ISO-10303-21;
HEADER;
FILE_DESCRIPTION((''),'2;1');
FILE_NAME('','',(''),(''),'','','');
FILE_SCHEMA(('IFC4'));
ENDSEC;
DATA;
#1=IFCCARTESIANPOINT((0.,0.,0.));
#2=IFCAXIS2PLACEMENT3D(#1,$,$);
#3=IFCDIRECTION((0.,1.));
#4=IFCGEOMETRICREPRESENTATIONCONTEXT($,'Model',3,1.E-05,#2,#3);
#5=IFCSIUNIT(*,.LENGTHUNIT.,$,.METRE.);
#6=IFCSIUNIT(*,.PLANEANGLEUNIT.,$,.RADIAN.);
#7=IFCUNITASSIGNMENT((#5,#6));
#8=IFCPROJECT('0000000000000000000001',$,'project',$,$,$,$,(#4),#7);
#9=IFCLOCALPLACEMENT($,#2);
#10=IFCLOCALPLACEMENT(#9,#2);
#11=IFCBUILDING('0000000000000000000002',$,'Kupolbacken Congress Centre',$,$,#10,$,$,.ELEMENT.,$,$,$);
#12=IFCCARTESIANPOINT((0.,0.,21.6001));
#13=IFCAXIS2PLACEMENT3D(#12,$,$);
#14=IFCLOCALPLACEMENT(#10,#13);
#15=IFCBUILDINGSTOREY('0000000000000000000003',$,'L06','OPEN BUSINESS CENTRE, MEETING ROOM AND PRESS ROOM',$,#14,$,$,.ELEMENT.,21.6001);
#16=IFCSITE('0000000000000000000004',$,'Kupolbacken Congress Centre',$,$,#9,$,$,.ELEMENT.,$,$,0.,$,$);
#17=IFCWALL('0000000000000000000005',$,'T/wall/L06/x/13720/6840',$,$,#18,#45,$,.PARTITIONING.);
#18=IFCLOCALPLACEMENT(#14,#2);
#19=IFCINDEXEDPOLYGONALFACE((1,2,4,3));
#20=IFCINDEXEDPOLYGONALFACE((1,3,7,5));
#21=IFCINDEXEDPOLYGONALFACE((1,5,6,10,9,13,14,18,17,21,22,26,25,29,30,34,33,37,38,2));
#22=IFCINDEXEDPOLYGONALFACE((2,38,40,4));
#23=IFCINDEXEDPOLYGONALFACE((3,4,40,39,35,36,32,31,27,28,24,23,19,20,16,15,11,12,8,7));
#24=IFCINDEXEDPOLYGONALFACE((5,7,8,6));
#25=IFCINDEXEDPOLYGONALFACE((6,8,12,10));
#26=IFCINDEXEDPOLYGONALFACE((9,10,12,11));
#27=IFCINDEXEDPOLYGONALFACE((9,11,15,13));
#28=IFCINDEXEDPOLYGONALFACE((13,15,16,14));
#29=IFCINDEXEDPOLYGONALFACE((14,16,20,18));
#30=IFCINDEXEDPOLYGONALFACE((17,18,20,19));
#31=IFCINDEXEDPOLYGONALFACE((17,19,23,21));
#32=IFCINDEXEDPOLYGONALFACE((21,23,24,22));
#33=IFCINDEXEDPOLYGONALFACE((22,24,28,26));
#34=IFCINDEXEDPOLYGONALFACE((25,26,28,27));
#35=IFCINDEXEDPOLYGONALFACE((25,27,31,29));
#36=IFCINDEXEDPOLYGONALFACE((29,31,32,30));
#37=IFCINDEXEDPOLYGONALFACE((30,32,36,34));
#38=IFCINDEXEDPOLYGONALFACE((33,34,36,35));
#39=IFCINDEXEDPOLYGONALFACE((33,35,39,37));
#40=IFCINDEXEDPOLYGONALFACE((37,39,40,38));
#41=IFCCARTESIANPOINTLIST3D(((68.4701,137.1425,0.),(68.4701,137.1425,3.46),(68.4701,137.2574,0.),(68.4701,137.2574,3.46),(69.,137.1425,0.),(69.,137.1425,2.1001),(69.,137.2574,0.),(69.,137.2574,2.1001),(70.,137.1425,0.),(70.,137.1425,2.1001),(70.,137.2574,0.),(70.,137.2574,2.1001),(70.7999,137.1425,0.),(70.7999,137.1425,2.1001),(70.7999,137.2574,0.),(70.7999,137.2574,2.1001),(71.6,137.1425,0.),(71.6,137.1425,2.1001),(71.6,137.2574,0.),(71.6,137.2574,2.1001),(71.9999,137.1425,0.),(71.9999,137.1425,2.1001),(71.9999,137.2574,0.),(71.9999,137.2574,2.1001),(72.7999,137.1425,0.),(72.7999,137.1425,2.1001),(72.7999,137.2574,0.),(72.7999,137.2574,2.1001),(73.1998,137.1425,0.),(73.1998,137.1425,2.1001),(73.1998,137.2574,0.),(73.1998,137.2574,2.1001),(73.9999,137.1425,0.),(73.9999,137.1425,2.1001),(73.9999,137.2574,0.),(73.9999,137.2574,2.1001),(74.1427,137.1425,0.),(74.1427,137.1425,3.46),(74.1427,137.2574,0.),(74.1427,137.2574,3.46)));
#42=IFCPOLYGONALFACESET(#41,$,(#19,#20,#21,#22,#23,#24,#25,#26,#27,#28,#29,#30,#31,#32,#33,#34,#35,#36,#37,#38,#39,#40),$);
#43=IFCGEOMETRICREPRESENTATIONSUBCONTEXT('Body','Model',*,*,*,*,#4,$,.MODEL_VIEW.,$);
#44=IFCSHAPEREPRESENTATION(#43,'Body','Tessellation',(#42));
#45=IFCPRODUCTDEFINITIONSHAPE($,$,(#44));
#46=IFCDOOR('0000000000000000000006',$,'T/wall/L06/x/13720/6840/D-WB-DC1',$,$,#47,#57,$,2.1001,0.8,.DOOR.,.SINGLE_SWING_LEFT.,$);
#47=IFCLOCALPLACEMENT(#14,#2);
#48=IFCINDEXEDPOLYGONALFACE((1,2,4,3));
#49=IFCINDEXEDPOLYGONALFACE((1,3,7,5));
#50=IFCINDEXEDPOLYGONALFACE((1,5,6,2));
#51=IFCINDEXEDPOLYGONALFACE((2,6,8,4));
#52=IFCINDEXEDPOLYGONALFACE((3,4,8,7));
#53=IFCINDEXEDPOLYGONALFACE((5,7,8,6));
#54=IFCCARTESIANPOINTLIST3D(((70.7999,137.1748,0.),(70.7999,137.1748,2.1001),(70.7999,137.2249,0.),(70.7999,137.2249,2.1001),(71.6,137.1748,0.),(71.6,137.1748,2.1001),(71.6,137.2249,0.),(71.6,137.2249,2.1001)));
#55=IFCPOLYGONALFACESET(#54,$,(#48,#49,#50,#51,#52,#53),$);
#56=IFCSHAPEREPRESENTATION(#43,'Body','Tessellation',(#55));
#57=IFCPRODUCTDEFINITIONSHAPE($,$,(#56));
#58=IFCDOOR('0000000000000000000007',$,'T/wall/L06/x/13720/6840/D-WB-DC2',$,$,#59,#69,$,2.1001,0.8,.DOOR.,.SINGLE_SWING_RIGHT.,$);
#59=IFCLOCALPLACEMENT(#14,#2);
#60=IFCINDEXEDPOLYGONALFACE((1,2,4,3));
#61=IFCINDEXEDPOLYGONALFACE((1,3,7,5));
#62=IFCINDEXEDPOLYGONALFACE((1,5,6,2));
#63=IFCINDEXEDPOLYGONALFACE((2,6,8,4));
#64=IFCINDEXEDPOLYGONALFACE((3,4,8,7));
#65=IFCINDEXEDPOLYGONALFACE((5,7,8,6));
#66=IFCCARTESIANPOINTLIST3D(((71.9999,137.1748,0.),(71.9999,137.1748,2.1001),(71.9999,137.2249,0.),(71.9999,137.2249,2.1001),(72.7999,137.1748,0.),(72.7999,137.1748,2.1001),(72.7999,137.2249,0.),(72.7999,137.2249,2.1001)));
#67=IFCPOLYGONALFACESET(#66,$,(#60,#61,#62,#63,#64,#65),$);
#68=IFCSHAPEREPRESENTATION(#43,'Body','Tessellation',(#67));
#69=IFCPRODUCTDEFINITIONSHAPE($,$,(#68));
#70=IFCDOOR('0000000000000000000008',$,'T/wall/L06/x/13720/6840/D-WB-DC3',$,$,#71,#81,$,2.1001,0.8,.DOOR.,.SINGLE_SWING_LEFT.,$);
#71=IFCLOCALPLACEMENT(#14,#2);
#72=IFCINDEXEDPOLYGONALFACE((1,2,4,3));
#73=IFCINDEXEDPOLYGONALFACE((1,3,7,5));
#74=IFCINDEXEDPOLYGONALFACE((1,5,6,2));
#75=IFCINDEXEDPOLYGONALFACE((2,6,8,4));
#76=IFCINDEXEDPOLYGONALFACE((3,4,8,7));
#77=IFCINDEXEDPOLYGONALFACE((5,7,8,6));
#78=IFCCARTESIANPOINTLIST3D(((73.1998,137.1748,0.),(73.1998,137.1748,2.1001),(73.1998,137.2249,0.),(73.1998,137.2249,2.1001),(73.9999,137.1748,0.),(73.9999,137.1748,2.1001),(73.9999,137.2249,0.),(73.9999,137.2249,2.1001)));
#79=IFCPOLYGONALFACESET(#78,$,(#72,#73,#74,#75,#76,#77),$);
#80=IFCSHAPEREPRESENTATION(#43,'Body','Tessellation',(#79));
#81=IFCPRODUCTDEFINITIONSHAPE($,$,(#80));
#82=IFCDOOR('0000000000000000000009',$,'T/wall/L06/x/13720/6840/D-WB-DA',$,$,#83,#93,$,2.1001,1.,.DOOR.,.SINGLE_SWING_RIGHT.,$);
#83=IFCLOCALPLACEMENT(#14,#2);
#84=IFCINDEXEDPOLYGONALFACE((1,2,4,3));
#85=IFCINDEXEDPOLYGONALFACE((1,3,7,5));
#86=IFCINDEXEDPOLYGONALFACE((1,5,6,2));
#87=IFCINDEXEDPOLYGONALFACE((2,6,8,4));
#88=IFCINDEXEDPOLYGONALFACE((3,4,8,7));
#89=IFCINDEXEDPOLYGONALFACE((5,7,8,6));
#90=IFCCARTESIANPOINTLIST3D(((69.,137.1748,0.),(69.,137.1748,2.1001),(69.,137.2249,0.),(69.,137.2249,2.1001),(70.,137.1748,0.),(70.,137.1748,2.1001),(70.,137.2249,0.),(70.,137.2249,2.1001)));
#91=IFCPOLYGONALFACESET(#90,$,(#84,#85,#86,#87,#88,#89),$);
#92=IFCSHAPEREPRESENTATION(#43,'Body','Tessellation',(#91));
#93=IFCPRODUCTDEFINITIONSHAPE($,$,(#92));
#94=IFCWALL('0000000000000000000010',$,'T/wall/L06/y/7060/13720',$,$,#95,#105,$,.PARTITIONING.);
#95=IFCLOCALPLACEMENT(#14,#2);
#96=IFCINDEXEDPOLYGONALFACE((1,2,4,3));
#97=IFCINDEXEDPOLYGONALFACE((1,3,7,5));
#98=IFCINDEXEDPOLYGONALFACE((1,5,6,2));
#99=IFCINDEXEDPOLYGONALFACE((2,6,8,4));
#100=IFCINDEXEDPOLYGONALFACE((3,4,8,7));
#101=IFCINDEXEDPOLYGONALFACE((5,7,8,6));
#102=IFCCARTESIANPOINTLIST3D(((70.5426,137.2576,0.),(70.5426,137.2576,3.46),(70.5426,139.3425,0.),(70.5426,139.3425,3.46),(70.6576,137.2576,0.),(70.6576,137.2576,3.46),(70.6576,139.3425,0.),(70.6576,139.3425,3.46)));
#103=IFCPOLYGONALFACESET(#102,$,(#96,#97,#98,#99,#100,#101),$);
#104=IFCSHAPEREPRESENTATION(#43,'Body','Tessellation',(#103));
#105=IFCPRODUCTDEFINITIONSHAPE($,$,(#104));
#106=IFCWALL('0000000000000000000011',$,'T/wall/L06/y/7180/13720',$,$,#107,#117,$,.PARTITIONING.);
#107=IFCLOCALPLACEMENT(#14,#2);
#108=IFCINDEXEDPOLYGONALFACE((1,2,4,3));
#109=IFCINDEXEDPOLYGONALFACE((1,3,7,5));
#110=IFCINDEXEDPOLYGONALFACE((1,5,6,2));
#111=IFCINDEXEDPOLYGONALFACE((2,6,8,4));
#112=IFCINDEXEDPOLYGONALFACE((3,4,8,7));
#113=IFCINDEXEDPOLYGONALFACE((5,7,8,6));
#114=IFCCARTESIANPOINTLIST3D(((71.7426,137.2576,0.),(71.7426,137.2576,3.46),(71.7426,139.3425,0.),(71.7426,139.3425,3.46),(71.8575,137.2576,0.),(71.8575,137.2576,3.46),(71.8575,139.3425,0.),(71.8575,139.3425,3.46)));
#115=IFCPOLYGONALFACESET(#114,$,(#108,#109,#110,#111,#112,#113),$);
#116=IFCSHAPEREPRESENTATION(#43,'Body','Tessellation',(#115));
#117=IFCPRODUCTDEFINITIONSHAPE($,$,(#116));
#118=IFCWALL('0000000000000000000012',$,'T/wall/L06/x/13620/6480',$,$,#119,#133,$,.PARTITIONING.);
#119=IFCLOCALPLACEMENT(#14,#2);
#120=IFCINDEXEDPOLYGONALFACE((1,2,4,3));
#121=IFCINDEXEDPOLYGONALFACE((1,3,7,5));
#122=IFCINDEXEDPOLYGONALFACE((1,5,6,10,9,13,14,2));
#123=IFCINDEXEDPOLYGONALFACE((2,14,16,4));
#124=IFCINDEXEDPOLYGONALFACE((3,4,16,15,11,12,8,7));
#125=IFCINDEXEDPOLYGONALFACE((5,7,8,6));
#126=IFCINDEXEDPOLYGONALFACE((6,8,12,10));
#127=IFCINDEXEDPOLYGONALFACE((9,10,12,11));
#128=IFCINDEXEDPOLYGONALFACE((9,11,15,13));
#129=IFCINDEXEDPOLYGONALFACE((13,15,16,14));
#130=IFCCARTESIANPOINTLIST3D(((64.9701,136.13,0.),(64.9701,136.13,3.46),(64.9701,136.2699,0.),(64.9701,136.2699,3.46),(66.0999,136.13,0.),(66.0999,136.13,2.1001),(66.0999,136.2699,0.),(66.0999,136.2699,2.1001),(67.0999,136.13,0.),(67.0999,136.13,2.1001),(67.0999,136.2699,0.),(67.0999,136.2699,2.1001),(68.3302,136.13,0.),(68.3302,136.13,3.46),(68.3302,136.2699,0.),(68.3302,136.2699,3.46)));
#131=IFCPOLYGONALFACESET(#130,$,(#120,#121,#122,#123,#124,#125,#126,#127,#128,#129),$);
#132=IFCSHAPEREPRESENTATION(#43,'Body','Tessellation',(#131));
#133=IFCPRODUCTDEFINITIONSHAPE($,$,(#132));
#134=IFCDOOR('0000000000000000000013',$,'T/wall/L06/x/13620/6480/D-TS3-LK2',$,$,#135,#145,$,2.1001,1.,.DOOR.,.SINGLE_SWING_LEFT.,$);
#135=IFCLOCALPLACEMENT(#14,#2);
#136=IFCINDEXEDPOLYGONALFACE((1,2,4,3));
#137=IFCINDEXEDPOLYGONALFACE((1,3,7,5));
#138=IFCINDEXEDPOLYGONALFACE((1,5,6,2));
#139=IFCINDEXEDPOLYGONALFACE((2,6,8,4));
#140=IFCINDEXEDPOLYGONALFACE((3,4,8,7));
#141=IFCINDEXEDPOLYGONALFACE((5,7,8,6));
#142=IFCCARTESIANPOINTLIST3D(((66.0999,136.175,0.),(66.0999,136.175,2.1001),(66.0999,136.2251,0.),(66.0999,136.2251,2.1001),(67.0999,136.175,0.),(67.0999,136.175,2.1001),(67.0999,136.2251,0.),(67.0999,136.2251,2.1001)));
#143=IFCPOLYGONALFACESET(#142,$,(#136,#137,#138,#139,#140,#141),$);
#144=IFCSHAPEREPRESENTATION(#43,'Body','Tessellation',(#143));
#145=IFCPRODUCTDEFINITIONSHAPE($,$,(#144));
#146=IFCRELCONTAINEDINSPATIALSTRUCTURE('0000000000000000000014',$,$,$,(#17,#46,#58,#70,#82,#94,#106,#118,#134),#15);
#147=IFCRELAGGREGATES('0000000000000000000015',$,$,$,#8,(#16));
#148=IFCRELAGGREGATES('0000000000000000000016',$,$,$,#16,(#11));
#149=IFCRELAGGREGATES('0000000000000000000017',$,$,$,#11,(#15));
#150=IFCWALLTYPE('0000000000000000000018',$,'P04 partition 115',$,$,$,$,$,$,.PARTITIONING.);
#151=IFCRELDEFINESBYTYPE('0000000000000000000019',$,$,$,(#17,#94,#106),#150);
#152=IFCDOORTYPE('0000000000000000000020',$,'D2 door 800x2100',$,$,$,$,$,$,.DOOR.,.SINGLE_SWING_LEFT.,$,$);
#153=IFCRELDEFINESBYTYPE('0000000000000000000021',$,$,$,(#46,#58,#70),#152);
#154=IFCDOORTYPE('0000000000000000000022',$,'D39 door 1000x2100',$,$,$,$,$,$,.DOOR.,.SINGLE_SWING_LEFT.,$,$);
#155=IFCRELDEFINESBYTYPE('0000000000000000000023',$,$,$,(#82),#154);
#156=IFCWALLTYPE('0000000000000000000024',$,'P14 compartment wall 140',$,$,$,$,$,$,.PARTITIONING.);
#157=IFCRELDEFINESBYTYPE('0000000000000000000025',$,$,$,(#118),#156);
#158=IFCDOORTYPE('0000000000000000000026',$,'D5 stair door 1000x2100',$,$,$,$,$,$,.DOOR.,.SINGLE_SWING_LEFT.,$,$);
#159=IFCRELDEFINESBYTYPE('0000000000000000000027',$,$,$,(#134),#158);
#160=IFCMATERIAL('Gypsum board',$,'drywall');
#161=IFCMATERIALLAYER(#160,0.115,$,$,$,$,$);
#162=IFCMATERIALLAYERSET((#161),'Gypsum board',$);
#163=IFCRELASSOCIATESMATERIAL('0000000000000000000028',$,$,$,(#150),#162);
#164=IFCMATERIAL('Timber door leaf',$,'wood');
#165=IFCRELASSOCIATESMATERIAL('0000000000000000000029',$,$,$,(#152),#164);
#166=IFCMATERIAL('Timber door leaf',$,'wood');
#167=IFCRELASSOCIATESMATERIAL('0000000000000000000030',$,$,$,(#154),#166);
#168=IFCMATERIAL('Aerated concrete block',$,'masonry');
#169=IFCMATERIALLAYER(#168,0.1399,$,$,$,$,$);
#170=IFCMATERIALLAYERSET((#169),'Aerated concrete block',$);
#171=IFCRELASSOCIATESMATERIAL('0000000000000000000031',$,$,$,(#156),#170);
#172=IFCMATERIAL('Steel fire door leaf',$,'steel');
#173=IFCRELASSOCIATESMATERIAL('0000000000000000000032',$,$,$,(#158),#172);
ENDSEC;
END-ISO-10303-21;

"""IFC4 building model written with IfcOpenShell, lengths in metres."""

from ifc_helpers import new_model, si_unit, direction, frame, frame_2d, origin, place, context, subcontext, project, spatial, rectangle, extrude, material, layer, layer_set, type_object, element, fill, save


model = new_model("IFC4")

# Units and contexts
model_context = context("Model", 3, precision=1e-05, world=origin(), true_north=direction((0.0, 1.0)))
body_context = subcontext(model_context, "Body", "Model", "MODEL_VIEW")
ifc_project = project(units=[si_unit("LENGTHUNIT", "METRE"), si_unit("PLANEANGLEUNIT", "RADIAN")], contexts=[model_context])

# Site, building, storey
site_placement = place(None, origin())
site = spatial("IfcSite", under=ifc_project, at=site_placement, Name="Kupolbacken Congress Centre", CompositionType="ELEMENT", RefElevation=0.0)
building_placement = place(site_placement, origin())
building = spatial("IfcBuilding", under=site, at=building_placement, Name="Kupolbacken Congress Centre", CompositionType="ELEMENT")
storey_placement = place(building_placement, frame((0.0, 0.0, 21.6001)))
storey = spatial("IfcBuildingStorey", under=building, at=storey_placement, Name="L06", Description="OPEN BUSINESS CENTRE, MEETING ROOM AND PRESS ROOM", CompositionType="ELEMENT", Elevation=21.6001)

# Wall, openings, doors
ifc_material_1 = material(Name="Gypsum board", Category="drywall")
ifc_layer_1 = layer(ifc_material_1, 0.115)
ifc_layer_set_1 = layer_set([ifc_layer_1], Name="Gypsum board")
wall_type_1 = type_object("IfcWallType", Name="P04 partition 115", PredefinedType="PARTITIONING", material=ifc_layer_set_1)
wall_1_placement = place(storey_placement, frame((68.47, 137.2, 0.0), z_axis=(0.0, 0.0, 1.0), x_axis=(1.0, 0.0, 0.0)))
wall_1 = element("IfcWall", 1, at=wall_1_placement, inside=storey, type_object=wall_type_1, Name="T/wall/L06/x/13720/6840", PredefinedType="PARTITIONING", context=body_context, shape_type="SweptSolid", body=[
    extrude(rectangle(XDim=5.6726, YDim=0.115, at=frame_2d((2.8364, 0.0))), origin(), (0.0, 0.0, 1.0), 3.46),
])
opening_1_placement = place(wall_1_placement, frame((0.53, 0.0, 0.0)))
opening_1 = element("IfcOpeningElement", 2, at=opening_1_placement, cuts=wall_1, PredefinedType="OPENING", context=body_context, shape_type="SweptSolid", body=[
    extrude(rectangle(XDim=1.0, YDim=2.1001, at=frame_2d((0.5, 1.05))), frame((0.0, 0.0674, 0.0), z_axis=(0.0, -1.0, 0.0), x_axis=(1.0, 0.0, 0.0)), (0.0, 0.0, 1.0), 0.135),
])
opening_2_placement = place(wall_1_placement, frame((2.3301, 0.0, 0.0)))
opening_2 = element("IfcOpeningElement", 3, at=opening_2_placement, cuts=wall_1, PredefinedType="OPENING", context=body_context, shape_type="SweptSolid", body=[
    extrude(rectangle(XDim=0.8, YDim=2.1001, at=frame_2d((0.3999, 1.05))), frame((0.0, 0.0674, 0.0), z_axis=(0.0, -1.0, 0.0), x_axis=(1.0, 0.0, 0.0)), (0.0, 0.0, 1.0), 0.135),
])
opening_3_placement = place(wall_1_placement, frame((3.53, 0.0, 0.0)))
opening_3 = element("IfcOpeningElement", 4, at=opening_3_placement, cuts=wall_1, PredefinedType="OPENING", context=body_context, shape_type="SweptSolid", body=[
    extrude(rectangle(XDim=0.8, YDim=2.1001, at=frame_2d((0.3999, 1.05))), frame((0.0, 0.0674, 0.0), z_axis=(0.0, -1.0, 0.0), x_axis=(1.0, 0.0, 0.0)), (0.0, 0.0, 1.0), 0.135),
])
opening_4_placement = place(wall_1_placement, frame((4.73, 0.0, 0.0)))
opening_4 = element("IfcOpeningElement", 5, at=opening_4_placement, cuts=wall_1, PredefinedType="OPENING", context=body_context, shape_type="SweptSolid", body=[
    extrude(rectangle(XDim=0.8, YDim=2.1001, at=frame_2d((0.3999, 1.05))), frame((0.0, 0.0674, 0.0), z_axis=(0.0, -1.0, 0.0), x_axis=(1.0, 0.0, 0.0)), (0.0, 0.0, 1.0), 0.135),
])
ifc_material_2 = material(Name="Timber door leaf", Category="wood")
door_type_1 = type_object("IfcDoorType", Name="D2 door 800x2100", OperationType="SINGLE_SWING_LEFT", PredefinedType="DOOR", material=ifc_material_2)
door_1_placement = place(opening_2_placement, origin())
door_1 = element("IfcDoor", 6, at=door_1_placement, inside=storey, type_object=door_type_1, Name="T/wall/L06/x/13720/6840/D-WB-DC1", OperationType="SINGLE_SWING_LEFT", OverallHeight=2.1001, OverallWidth=0.8, PredefinedType="DOOR", context=body_context, shape_type="SweptSolid", body=[
    extrude(rectangle(XDim=0.8, YDim=2.1001, at=frame_2d((0.3999, 1.05))), frame((0.0, 0.0249, 0.0), z_axis=(0.0, -1.0, 0.0), x_axis=(1.0, 0.0, 0.0)), (0.0, 0.0, 1.0), 0.05),
])
fill(opening_2, door_1)
door_2_placement = place(opening_3_placement, origin())
door_2 = element("IfcDoor", 7, at=door_2_placement, inside=storey, type_object=door_type_1, Name="T/wall/L06/x/13720/6840/D-WB-DC2", OperationType="SINGLE_SWING_RIGHT", OverallHeight=2.1001, OverallWidth=0.8, PredefinedType="DOOR", context=body_context, shape_type="SweptSolid", body=[
    extrude(rectangle(XDim=0.8, YDim=2.1001, at=frame_2d((0.3999, 1.05))), frame((0.0, 0.0249, 0.0), z_axis=(0.0, -1.0, 0.0), x_axis=(1.0, 0.0, 0.0)), (0.0, 0.0, 1.0), 0.05),
])
fill(opening_3, door_2)
door_3_placement = place(opening_4_placement, origin())
door_3 = element("IfcDoor", 8, at=door_3_placement, inside=storey, type_object=door_type_1, Name="T/wall/L06/x/13720/6840/D-WB-DC3", OperationType="SINGLE_SWING_LEFT", OverallHeight=2.1001, OverallWidth=0.8, PredefinedType="DOOR", context=body_context, shape_type="SweptSolid", body=[
    extrude(rectangle(XDim=0.8, YDim=2.1001, at=frame_2d((0.3999, 1.05))), frame((0.0, 0.0249, 0.0), z_axis=(0.0, -1.0, 0.0), x_axis=(1.0, 0.0, 0.0)), (0.0, 0.0, 1.0), 0.05),
])
fill(opening_4, door_3)
ifc_material_3 = material(Name="Timber door leaf", Category="wood")
door_type_2 = type_object("IfcDoorType", Name="D39 door 1000x2100", OperationType="SINGLE_SWING_LEFT", PredefinedType="DOOR", material=ifc_material_3)
door_4_placement = place(opening_1_placement, origin())
door_4 = element("IfcDoor", 9, at=door_4_placement, inside=storey, type_object=door_type_2, Name="T/wall/L06/x/13720/6840/D-WB-DA", OperationType="SINGLE_SWING_RIGHT", OverallHeight=2.1001, OverallWidth=1.0, PredefinedType="DOOR", context=body_context, shape_type="SweptSolid", body=[
    extrude(rectangle(XDim=1.0, YDim=2.1001, at=frame_2d((0.5, 1.05))), frame((0.0, 0.0249, 0.0), z_axis=(0.0, -1.0, 0.0), x_axis=(1.0, 0.0, 0.0)), (0.0, 0.0, 1.0), 0.05),
])
fill(opening_1, door_4)

# Walls
for number, where, z_axis, x_axis, name in (
    (10, (70.6001, 137.2576, 0.0), (0.0, 0.0, 1.0), (0.0, 1.0, 0.0), "T/wall/L06/y/7060/13720"),
    (11, (71.8, 137.2576, 0.0), (0.0, 0.0, 1.0), (0.0, 1.0, 0.0), "T/wall/L06/y/7180/13720"),
):
    element("IfcWall", number, at=place(storey_placement, frame(where, z_axis=z_axis, x_axis=x_axis)), inside=storey, type_object=wall_type_1, Name=name, PredefinedType="PARTITIONING", context=body_context, shape_type="SweptSolid", body=[
        extrude(rectangle(XDim=2.085, YDim=0.115, at=frame_2d((1.0425, 0.0))), origin(), (0.0, 0.0, 1.0), 3.46),
    ])

# Wall, opening, door
ifc_material_4 = material(Name="Aerated concrete block", Category="masonry")
ifc_layer_2 = layer(ifc_material_4, 0.1399)
ifc_layer_set_2 = layer_set([ifc_layer_2], Name="Aerated concrete block")
wall_type_2 = type_object("IfcWallType", Name="P14 compartment wall 140", PredefinedType="PARTITIONING", material=ifc_layer_set_2)
wall_2_placement = place(storey_placement, frame((64.97, 136.2, 0.0), z_axis=(0.0, 0.0, 1.0), x_axis=(1.0, 0.0, 0.0)))
wall_2 = element("IfcWall", 12, at=wall_2_placement, inside=storey, type_object=wall_type_2, Name="T/wall/L06/x/13620/6480", PredefinedType="PARTITIONING", context=body_context, shape_type="SweptSolid", body=[
    extrude(rectangle(XDim=3.3601, YDim=0.1399, at=frame_2d((1.6802, 0.0))), origin(), (0.0, 0.0, 1.0), 3.46),
])
opening_5_placement = place(wall_2_placement, frame((1.1299, 0.0, 0.0)))
opening_5 = element("IfcOpeningElement", 13, at=opening_5_placement, cuts=wall_2, PredefinedType="OPENING", context=body_context, shape_type="SweptSolid", body=[
    extrude(rectangle(XDim=1.0, YDim=2.1001, at=frame_2d((0.5, 1.05))), frame((0.0, 0.0798, 0.0), z_axis=(0.0, -1.0, 0.0), x_axis=(1.0, 0.0, 0.0)), (0.0, 0.0, 1.0), 0.1599),
])
ifc_material_5 = material(Name="Steel fire door leaf", Category="steel")
door_type_3 = type_object("IfcDoorType", Name="D5 stair door 1000x2100", OperationType="SINGLE_SWING_LEFT", PredefinedType="DOOR", material=ifc_material_5)
door_5_placement = place(opening_5_placement, frame((1.0, 0.0, 0.0), z_axis=(0.0, 0.0, 1.0), x_axis=(-1.0, 0.0, 0.0)))
door_5 = element("IfcDoor", 14, at=door_5_placement, inside=storey, type_object=door_type_3, Name="T/wall/L06/x/13620/6480/D-TS3-LK2", OperationType="SINGLE_SWING_LEFT", OverallHeight=2.1001, OverallWidth=1.0, PredefinedType="DOOR", context=body_context, shape_type="SweptSolid", body=[
    extrude(rectangle(XDim=1.0, YDim=2.1001, at=frame_2d((0.5, 1.05))), frame((0.0, 0.0249, 0.0), z_axis=(0.0, -1.0, 0.0), x_axis=(1.0, 0.0, 0.0)), (0.0, 0.0, 1.0), 0.05),
])
fill(opening_5, door_5)

save(model, "model.ifc")
